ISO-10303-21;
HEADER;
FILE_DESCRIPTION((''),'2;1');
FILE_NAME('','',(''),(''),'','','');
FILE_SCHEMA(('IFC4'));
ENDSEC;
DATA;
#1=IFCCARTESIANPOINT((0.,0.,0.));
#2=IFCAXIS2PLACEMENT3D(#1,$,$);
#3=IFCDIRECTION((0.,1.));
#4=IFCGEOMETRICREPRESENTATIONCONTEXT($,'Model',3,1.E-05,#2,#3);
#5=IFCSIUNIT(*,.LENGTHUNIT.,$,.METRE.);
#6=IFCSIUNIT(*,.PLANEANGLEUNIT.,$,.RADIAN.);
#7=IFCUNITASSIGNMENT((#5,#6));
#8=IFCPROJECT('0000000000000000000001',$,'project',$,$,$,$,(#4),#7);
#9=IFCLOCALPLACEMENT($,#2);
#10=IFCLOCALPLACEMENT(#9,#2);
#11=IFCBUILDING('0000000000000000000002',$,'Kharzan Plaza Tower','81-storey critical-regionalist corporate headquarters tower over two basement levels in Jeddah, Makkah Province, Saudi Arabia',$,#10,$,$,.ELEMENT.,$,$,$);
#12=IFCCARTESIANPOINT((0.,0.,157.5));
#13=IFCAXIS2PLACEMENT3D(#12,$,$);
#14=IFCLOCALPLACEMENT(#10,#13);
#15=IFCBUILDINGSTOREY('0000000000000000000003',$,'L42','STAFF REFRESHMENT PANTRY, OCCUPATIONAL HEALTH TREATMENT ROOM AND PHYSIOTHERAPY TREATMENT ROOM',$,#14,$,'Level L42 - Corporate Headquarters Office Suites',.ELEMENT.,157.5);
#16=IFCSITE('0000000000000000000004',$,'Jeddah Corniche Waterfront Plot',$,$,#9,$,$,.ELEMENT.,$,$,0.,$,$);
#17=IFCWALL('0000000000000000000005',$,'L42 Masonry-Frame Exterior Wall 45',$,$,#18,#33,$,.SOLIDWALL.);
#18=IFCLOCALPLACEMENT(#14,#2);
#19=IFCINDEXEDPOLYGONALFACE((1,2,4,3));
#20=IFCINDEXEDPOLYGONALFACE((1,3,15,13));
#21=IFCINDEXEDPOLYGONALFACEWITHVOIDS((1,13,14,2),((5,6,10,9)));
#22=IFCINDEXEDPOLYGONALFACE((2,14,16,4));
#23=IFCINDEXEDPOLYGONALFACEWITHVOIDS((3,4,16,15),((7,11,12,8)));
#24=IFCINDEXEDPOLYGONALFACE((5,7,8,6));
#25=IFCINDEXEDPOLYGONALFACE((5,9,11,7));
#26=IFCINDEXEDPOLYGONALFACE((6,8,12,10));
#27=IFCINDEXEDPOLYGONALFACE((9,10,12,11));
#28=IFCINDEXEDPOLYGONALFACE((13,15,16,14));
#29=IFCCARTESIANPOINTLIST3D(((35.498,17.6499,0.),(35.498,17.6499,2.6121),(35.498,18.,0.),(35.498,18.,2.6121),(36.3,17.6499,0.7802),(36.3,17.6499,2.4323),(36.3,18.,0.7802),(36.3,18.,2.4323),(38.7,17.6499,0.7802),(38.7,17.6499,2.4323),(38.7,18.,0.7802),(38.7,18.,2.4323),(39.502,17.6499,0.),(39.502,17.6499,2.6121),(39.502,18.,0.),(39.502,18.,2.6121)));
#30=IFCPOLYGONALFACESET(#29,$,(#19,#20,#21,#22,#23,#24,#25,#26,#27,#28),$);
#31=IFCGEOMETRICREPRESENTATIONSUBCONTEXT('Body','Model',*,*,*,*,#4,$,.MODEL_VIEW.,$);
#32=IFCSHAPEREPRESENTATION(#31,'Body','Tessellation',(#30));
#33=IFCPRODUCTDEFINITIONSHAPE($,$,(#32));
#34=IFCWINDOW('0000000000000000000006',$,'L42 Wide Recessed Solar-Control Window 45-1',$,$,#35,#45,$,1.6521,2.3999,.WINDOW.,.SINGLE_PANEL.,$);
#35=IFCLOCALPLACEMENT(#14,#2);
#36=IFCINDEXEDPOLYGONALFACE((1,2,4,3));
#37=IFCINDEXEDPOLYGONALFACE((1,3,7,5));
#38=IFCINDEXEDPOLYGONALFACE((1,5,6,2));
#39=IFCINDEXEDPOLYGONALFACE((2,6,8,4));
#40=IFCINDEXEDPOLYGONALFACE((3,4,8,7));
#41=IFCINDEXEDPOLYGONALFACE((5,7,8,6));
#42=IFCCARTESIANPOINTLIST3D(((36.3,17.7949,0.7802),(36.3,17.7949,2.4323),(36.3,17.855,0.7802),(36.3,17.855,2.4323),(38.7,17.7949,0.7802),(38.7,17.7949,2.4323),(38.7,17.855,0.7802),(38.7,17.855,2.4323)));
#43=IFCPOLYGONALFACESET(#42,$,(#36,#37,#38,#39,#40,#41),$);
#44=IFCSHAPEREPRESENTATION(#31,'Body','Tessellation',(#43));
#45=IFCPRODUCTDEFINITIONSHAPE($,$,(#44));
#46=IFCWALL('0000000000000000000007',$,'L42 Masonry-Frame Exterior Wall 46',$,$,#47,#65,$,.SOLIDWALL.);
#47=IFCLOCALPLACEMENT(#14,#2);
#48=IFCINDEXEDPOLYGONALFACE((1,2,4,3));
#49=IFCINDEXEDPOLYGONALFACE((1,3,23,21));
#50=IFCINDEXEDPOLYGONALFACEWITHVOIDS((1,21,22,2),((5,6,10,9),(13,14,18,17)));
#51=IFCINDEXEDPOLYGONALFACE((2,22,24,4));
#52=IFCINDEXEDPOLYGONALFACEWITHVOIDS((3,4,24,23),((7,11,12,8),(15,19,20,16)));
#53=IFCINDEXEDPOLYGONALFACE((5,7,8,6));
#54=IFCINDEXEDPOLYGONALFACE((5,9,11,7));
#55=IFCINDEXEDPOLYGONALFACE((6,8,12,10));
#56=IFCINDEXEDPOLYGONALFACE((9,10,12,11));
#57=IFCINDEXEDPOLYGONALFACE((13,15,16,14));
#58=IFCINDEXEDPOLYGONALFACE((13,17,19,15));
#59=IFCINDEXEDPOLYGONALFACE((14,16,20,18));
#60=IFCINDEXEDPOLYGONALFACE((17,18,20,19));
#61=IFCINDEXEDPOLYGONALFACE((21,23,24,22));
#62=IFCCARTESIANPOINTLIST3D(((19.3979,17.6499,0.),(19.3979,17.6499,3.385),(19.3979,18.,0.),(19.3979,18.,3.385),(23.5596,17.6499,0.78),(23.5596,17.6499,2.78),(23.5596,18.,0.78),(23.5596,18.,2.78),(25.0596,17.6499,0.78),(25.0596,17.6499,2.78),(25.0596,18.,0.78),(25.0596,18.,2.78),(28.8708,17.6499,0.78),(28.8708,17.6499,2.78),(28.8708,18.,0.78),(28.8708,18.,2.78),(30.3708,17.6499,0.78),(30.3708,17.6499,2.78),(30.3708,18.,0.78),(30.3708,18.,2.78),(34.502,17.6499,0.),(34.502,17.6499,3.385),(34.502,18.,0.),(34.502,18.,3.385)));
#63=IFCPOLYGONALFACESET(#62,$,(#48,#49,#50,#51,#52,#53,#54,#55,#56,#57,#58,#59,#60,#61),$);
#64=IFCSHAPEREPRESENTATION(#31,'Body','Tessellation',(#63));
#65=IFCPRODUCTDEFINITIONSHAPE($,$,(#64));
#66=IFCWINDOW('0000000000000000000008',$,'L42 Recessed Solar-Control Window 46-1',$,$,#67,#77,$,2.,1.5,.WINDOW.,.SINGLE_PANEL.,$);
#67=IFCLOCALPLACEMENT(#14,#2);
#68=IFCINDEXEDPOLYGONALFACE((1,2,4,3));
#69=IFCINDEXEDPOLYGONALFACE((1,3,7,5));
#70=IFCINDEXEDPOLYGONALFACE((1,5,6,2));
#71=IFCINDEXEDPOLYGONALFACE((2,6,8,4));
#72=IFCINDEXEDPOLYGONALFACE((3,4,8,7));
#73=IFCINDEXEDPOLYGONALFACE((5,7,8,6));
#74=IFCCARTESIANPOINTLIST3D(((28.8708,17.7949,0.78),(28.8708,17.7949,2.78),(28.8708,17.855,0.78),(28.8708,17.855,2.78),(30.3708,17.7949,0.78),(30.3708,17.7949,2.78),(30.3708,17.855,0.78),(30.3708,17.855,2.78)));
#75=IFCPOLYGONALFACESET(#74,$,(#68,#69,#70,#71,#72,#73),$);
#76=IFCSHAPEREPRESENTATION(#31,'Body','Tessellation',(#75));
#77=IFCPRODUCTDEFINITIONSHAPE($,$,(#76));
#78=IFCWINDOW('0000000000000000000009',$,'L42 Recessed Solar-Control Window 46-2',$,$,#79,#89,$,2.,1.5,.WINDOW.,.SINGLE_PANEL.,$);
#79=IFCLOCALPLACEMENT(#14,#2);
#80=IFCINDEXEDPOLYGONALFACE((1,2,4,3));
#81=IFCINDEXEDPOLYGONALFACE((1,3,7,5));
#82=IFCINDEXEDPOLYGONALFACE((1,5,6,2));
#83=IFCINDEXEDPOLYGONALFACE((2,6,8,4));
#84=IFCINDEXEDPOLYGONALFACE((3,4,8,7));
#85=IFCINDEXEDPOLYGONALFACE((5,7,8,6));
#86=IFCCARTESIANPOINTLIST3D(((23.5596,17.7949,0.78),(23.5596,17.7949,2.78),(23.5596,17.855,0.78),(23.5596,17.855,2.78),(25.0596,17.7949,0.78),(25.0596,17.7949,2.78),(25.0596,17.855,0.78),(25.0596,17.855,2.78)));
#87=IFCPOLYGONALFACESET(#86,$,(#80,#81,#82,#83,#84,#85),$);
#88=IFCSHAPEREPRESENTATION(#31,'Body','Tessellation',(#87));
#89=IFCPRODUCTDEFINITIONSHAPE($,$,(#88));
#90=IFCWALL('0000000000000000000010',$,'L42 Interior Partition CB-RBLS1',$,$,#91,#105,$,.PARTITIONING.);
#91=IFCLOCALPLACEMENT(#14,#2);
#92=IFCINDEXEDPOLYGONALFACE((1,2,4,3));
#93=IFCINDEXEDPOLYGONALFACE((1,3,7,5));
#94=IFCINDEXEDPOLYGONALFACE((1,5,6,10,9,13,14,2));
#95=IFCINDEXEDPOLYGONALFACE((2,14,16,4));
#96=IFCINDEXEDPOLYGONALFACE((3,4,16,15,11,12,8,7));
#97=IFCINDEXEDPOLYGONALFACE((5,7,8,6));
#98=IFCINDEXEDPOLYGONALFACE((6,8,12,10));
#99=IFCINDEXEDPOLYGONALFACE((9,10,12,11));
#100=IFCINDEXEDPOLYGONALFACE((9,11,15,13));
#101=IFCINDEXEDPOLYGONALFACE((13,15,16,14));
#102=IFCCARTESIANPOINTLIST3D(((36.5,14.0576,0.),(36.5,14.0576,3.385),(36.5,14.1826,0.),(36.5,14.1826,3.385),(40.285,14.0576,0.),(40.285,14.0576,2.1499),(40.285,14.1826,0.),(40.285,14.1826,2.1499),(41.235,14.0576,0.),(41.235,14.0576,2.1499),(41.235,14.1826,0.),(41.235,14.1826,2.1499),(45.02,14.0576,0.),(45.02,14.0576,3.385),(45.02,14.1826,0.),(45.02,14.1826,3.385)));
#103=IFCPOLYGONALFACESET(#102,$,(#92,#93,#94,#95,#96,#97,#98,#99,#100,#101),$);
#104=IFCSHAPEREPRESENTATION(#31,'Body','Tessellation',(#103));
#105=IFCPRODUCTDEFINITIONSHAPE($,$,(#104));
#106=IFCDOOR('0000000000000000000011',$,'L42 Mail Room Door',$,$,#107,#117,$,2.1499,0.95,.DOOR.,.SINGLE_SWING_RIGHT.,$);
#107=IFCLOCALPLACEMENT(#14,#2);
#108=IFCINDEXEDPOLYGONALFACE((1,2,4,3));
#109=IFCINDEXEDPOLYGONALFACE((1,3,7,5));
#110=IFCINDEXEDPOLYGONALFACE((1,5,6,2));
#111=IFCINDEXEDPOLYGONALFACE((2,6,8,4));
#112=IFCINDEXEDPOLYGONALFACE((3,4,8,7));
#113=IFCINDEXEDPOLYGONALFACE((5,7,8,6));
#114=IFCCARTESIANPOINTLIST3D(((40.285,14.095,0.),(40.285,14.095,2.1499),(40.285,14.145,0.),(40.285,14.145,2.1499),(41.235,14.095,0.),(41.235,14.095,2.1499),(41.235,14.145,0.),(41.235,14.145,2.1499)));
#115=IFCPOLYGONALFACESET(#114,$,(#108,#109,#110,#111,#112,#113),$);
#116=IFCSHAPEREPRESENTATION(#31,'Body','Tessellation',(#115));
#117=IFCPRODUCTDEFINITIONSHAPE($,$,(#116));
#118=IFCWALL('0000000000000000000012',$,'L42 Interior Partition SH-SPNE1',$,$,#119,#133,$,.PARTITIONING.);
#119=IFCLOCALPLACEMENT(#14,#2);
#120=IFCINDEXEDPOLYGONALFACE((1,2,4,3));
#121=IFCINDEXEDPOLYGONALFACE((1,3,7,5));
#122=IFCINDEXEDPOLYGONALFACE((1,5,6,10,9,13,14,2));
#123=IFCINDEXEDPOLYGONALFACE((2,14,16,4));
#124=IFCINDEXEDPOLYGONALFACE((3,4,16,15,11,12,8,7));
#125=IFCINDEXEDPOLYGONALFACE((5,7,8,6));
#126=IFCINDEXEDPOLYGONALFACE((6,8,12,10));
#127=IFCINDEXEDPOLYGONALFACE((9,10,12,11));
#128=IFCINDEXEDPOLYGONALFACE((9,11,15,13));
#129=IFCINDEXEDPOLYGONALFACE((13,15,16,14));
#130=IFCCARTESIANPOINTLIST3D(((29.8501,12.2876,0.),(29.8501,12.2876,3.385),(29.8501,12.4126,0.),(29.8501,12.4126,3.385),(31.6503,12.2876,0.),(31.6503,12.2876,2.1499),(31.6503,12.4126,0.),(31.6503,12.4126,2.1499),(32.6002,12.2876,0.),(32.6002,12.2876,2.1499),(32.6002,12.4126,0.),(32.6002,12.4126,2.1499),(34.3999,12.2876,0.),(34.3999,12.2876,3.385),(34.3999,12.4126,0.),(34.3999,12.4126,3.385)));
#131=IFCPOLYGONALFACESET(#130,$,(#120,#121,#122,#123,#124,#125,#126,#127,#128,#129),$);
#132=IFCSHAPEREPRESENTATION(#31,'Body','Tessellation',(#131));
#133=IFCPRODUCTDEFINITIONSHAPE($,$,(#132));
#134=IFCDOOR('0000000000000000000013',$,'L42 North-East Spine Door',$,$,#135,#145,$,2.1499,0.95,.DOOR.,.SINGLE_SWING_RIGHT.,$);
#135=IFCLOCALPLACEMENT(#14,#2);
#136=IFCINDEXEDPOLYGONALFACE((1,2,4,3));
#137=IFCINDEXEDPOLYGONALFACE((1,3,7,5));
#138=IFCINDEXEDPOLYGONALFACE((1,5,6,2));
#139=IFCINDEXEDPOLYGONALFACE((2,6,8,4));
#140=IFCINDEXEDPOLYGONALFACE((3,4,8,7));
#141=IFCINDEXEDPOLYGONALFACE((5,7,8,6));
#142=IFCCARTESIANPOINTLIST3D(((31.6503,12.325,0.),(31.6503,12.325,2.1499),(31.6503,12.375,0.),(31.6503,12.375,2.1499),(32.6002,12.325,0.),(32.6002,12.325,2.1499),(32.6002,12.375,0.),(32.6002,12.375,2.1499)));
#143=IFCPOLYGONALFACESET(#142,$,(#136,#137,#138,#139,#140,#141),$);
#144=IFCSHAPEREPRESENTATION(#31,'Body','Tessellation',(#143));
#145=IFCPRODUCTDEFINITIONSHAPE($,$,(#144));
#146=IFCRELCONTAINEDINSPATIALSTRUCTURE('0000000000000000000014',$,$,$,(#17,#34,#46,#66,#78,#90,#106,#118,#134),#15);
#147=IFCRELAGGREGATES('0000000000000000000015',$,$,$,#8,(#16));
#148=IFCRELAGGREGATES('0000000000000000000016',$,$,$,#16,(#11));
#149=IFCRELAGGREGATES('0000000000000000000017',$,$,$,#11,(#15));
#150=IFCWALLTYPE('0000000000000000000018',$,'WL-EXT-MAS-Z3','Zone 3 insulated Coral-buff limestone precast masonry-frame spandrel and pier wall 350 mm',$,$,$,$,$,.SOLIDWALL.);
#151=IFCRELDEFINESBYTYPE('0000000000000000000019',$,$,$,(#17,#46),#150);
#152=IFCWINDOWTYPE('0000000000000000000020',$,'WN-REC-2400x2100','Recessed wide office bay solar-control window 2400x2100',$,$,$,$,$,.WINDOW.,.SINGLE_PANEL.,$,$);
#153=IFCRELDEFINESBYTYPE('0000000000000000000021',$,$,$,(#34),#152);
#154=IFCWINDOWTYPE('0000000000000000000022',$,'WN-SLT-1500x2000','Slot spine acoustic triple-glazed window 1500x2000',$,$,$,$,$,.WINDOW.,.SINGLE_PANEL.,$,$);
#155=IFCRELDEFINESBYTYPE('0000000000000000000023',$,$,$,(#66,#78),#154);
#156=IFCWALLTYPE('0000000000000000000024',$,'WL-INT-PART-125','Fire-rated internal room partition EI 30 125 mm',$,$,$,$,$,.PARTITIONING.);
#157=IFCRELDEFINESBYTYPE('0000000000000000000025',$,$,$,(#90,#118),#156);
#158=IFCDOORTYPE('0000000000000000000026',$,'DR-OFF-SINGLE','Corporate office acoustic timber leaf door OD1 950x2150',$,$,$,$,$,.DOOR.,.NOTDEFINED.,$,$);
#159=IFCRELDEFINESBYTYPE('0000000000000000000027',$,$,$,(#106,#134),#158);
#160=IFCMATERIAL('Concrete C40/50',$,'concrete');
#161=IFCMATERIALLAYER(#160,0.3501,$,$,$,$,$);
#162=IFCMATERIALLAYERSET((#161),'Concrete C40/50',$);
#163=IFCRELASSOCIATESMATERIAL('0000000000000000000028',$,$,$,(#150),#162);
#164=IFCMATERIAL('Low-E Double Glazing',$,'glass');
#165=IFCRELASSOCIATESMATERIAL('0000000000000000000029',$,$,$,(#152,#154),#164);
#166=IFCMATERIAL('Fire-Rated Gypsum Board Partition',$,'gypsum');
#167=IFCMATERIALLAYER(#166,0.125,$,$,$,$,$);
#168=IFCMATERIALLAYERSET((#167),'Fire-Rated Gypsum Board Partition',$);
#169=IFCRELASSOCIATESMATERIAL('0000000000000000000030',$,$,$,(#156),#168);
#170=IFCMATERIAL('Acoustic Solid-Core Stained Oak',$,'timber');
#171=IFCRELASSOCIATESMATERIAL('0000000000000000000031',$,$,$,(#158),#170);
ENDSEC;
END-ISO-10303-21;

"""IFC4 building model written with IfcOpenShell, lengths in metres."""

from ifc_helpers import new_model, si_unit, direction, frame, frame_2d, origin, place, context, subcontext, project, spatial, rectangle, extrude, source, transform, mapped, material, layer, layer_set, type_object, element, fill, save


model = new_model("IFC4")

# Units and contexts
model_context = context("Model", 3, precision=1e-05, world=origin(), true_north=direction((0.0, 1.0)))
body_context = subcontext(model_context, "Body", "Model", "MODEL_VIEW")
ifc_project = project(units=[si_unit("LENGTHUNIT", "METRE"), si_unit("PLANEANGLEUNIT", "RADIAN")], contexts=[model_context])

# Site, building, storey
site_placement = place(None, origin())
site = spatial("IfcSite", under=ifc_project, at=site_placement, Name="Jeddah Corniche Waterfront Plot", CompositionType="ELEMENT", RefElevation=0.0)
building_placement = place(site_placement, origin())
building = spatial("IfcBuilding", under=site, at=building_placement, Name="Kharzan Plaza Tower", Description="81-storey critical-regionalist corporate headquarters tower over two basement levels in Jeddah, Makkah Province, Saudi Arabia", CompositionType="ELEMENT")
storey_placement = place(building_placement, frame((0.0, 0.0, 157.5)))
storey = spatial("IfcBuildingStorey", under=building, at=storey_placement, Name="L42", Description="STAFF REFRESHMENT PANTRY, OCCUPATIONAL HEALTH TREATMENT ROOM AND PHYSIOTHERAPY TREATMENT ROOM", LongName="Level L42 - Corporate Headquarters Office Suites", CompositionType="ELEMENT", Elevation=157.5)

# Wall, opening, window
ifc_material_1 = material(Name="Concrete C40/50", Category="concrete")
ifc_layer_1 = layer(ifc_material_1, 0.3501)
ifc_layer_set_1 = layer_set([ifc_layer_1], Name="Concrete C40/50")
wall_type_1 = type_object("IfcWallType", Name="WL-EXT-MAS-Z3", Description="Zone 3 insulated Coral-buff limestone precast masonry-frame spandrel and pier wall 350 mm", PredefinedType="SOLIDWALL", material=ifc_layer_set_1)
wall_1_placement = place(storey_placement, frame((39.502, 17.825, 0.0), z_axis=(0.0, 0.0, 1.0), x_axis=(-1.0, 0.0, 0.0)))
wall_1 = element("IfcWall", 1, at=wall_1_placement, inside=storey, type_object=wall_type_1, Name="L42 Masonry-Frame Exterior Wall 45", PredefinedType="SOLIDWALL", context=body_context, shape_type="SweptSolid", body=[
    extrude(rectangle(XDim=4.0039, YDim=0.3501, at=frame_2d((2.002, 0.0))), origin(), (0.0, 0.0, 1.0), 2.6121),
])
opening_1_placement = place(wall_1_placement, frame((0.802, 0.0, 0.78)))
opening_1 = element("IfcOpeningElement", 2, at=opening_1_placement, cuts=wall_1, PredefinedType="OPENING", context=body_context, shape_type="SweptSolid", body=[
    extrude(rectangle(XDim=2.3999, YDim=1.6521, at=frame_2d((1.2, 0.8262))), frame((0.0, 0.1851, 0.0), z_axis=(0.0, -1.0, 0.0), x_axis=(1.0, 0.0, 0.0)), (0.0, 0.0, 1.0), 0.3701),
])
ifc_material_2 = material(Name="Low-E Double Glazing", Category="glass")
window_type_1 = type_object("IfcWindowType", Name="WN-REC-2400x2100", Description="Recessed wide office bay solar-control window 2400x2100", PartitioningType="SINGLE_PANEL", PredefinedType="WINDOW", material=ifc_material_2)
shared_shape_1 = source(origin(), body_context, "Body", "SweptSolid", [
    extrude(rectangle(XDim=2.3999, YDim=1.6521, at=frame_2d((1.2, 0.8262))), frame((0.0, 0.03, 0.0), z_axis=(0.0, -1.0, 0.0), x_axis=(1.0, 0.0, 0.0)), (0.0, 0.0, 1.0), 0.0601),
])
window_1_placement = place(opening_1_placement, origin())
window_1 = element("IfcWindow", 3, at=window_1_placement, inside=storey, type_object=window_type_1, Name="L42 Wide Recessed Solar-Control Window 45-1", OverallHeight=1.6521, OverallWidth=2.3999, PartitioningType="SINGLE_PANEL", PredefinedType="WINDOW", context=body_context, shape_type="MappedRepresentation", body=[
    mapped(shared_shape_1, transform((0.0, 0.0, 0.0), x_axis=(1.0, 0.0, 0.0), y_axis=(0.0, 1.0, 0.0), z_axis=(0.0, 0.0, 1.0))),
])
fill(opening_1, window_1)

# Wall, openings, windows
wall_2_placement = place(storey_placement, frame((34.502, 17.825, 0.0), z_axis=(0.0, 0.0, 1.0), x_axis=(-1.0, 0.0, 0.0)))
wall_2 = element("IfcWall", 4, at=wall_2_placement, inside=storey, type_object=wall_type_1, Name="L42 Masonry-Frame Exterior Wall 46", PredefinedType="SOLIDWALL", context=body_context, shape_type="SweptSolid", body=[
    extrude(rectangle(XDim=15.104, YDim=0.3501, at=frame_2d((7.552, 0.0))), origin(), (0.0, 0.0, 1.0), 3.385),
])
opening_2_placement = place(wall_2_placement, frame((4.1311, 0.0, 0.78)))
opening_2 = element("IfcOpeningElement", 5, at=opening_2_placement, cuts=wall_2, PredefinedType="OPENING", context=body_context, shape_type="SweptSolid", body=[
    extrude(rectangle(XDim=1.5, YDim=2.0, at=frame_2d((0.75, 1.0))), frame((0.0, 0.1851, 0.0), z_axis=(0.0, -1.0, 0.0), x_axis=(1.0, 0.0, 0.0)), (0.0, 0.0, 1.0), 0.3701),
])
opening_3_placement = place(wall_2_placement, frame((9.4424, 0.0, 0.78)))
opening_3 = element("IfcOpeningElement", 6, at=opening_3_placement, cuts=wall_2, PredefinedType="OPENING", context=body_context, shape_type="SweptSolid", body=[
    extrude(rectangle(XDim=1.5, YDim=2.0, at=frame_2d((0.75, 1.0))), frame((0.0, 0.1851, 0.0), z_axis=(0.0, -1.0, 0.0), x_axis=(1.0, 0.0, 0.0)), (0.0, 0.0, 1.0), 0.3701),
])
window_type_2 = type_object("IfcWindowType", Name="WN-SLT-1500x2000", Description="Slot spine acoustic triple-glazed window 1500x2000", PartitioningType="SINGLE_PANEL", PredefinedType="WINDOW", material=ifc_material_2)
shared_shape_2 = source(origin(), body_context, "Body", "SweptSolid", [
    extrude(rectangle(XDim=1.5, YDim=2.0, at=frame_2d((0.75, 1.0))), frame((0.0, 0.03, 0.0), z_axis=(0.0, -1.0, 0.0), x_axis=(1.0, 0.0, 0.0)), (0.0, 0.0, 1.0), 0.0601),
])
window_2_placement = place(opening_2_placement, origin())
window_2 = element("IfcWindow", 7, at=window_2_placement, inside=storey, type_object=window_type_2, Name="L42 Recessed Solar-Control Window 46-1", OverallHeight=2.0, OverallWidth=1.5, PartitioningType="SINGLE_PANEL", PredefinedType="WINDOW", context=body_context, shape_type="MappedRepresentation", body=[
    mapped(shared_shape_2, transform((0.0, 0.0, 0.0), x_axis=(1.0, 0.0, 0.0), y_axis=(0.0, 1.0, 0.0), z_axis=(0.0, 0.0, 1.0))),
])
fill(opening_2, window_2)
window_3_placement = place(opening_3_placement, origin())
window_3 = element("IfcWindow", 8, at=window_3_placement, inside=storey, type_object=window_type_2, Name="L42 Recessed Solar-Control Window 46-2", OverallHeight=2.0, OverallWidth=1.5, PartitioningType="SINGLE_PANEL", PredefinedType="WINDOW", context=body_context, shape_type="MappedRepresentation", body=[
    mapped(shared_shape_2, transform((0.0, 0.0, 0.0), x_axis=(1.0, 0.0, 0.0), y_axis=(0.0, 1.0, 0.0), z_axis=(0.0, 0.0, 1.0))),
])
fill(opening_3, window_3)

# Walls, openings, doors
ifc_material_3 = material(Name="Fire-Rated Gypsum Board Partition", Category="gypsum")
ifc_layer_2 = layer(ifc_material_3, 0.125)
ifc_layer_set_2 = layer_set([ifc_layer_2], Name="Fire-Rated Gypsum Board Partition")
wall_type_2 = type_object("IfcWallType", Name="WL-INT-PART-125", Description="Fire-rated internal room partition EI 30 125 mm", PredefinedType="PARTITIONING", material=ifc_layer_set_2)
wall_3_placement = place(storey_placement, frame((36.5, 14.1201, 0.0), z_axis=(0.0, 0.0, 1.0), x_axis=(1.0, 0.0, 0.0)))
wall_3 = element("IfcWall", 9, at=wall_3_placement, inside=storey, type_object=wall_type_2, Name="L42 Interior Partition CB-RBLS1", PredefinedType="PARTITIONING", context=body_context, shape_type="SweptSolid", body=[
    extrude(rectangle(XDim=8.52, YDim=0.125, at=frame_2d((4.26, 0.0))), origin(), (0.0, 0.0, 1.0), 3.385),
])
opening_4_placement = place(wall_3_placement, frame((3.7849, 0.0, 0.0)))
opening_4 = element("IfcOpeningElement", 10, at=opening_4_placement, cuts=wall_3, PredefinedType="OPENING", context=body_context, shape_type="SweptSolid", body=[
    extrude(rectangle(XDim=0.95, YDim=2.1499, at=frame_2d((0.4751, 1.075))), frame((0.0, 0.0725, 0.0), z_axis=(0.0, -1.0, 0.0), x_axis=(1.0, 0.0, 0.0)), (0.0, 0.0, 1.0), 0.145),
])
ifc_material_4 = material(Name="Acoustic Solid-Core Stained Oak", Category="timber")
door_type_1 = type_object("IfcDoorType", Name="DR-OFF-SINGLE", Description="Corporate office acoustic timber leaf door OD1 950x2150", OperationType="NOTDEFINED", PredefinedType="DOOR", material=ifc_material_4)
shared_shape_3 = source(origin(), body_context, "Body", "SweptSolid", [
    extrude(rectangle(XDim=0.95, YDim=2.1499, at=frame_2d((0.4751, 1.075))), frame((0.0, 0.0249, 0.0), z_axis=(0.0, -1.0, 0.0), x_axis=(1.0, 0.0, 0.0)), (0.0, 0.0, 1.0), 0.05),
])
door_1_placement = place(opening_4_placement, origin())
door_1 = element("IfcDoor", 11, at=door_1_placement, inside=storey, type_object=door_type_1, Name="L42 Mail Room Door", OperationType="SINGLE_SWING_RIGHT", OverallHeight=2.1499, OverallWidth=0.95, PredefinedType="DOOR", context=body_context, shape_type="MappedRepresentation", body=[
    mapped(shared_shape_3, transform((0.0, 0.0, 0.0), x_axis=(1.0, 0.0, 0.0), y_axis=(0.0, 1.0, 0.0), z_axis=(0.0, 0.0, 1.0))),
])
fill(opening_4, door_1)
wall_4_placement = place(storey_placement, frame((29.8501, 12.3501, 0.0), z_axis=(0.0, 0.0, 1.0), x_axis=(1.0, 0.0, 0.0)))
wall_4 = element("IfcWall", 12, at=wall_4_placement, inside=storey, type_object=wall_type_2, Name="L42 Interior Partition SH-SPNE1", PredefinedType="PARTITIONING", context=body_context, shape_type="SweptSolid", body=[
    extrude(rectangle(XDim=4.5498, YDim=0.125, at=frame_2d((2.2749, 0.0))), origin(), (0.0, 0.0, 1.0), 3.385),
])
opening_5_placement = place(wall_4_placement, frame((1.8, 0.0, 0.0)))
opening_5 = element("IfcOpeningElement", 13, at=opening_5_placement, cuts=wall_4, PredefinedType="OPENING", context=body_context, shape_type="SweptSolid", body=[
    extrude(rectangle(XDim=0.95, YDim=2.1499, at=frame_2d((0.4751, 1.075))), frame((0.0, 0.0725, 0.0), z_axis=(0.0, -1.0, 0.0), x_axis=(1.0, 0.0, 0.0)), (0.0, 0.0, 1.0), 0.145),
])
door_2_placement = place(opening_5_placement, origin())
door_2 = element("IfcDoor", 14, at=door_2_placement, inside=storey, type_object=door_type_1, Name="L42 North-East Spine Door", OperationType="SINGLE_SWING_RIGHT", OverallHeight=2.1499, OverallWidth=0.95, PredefinedType="DOOR", context=body_context, shape_type="MappedRepresentation", body=[
    mapped(shared_shape_3, transform((0.0, 0.0, 0.0), x_axis=(1.0, 0.0, 0.0), y_axis=(0.0, 1.0, 0.0), z_axis=(0.0, 0.0, 1.0))),
])
fill(opening_5, door_2)

save(model, "model.ifc")
